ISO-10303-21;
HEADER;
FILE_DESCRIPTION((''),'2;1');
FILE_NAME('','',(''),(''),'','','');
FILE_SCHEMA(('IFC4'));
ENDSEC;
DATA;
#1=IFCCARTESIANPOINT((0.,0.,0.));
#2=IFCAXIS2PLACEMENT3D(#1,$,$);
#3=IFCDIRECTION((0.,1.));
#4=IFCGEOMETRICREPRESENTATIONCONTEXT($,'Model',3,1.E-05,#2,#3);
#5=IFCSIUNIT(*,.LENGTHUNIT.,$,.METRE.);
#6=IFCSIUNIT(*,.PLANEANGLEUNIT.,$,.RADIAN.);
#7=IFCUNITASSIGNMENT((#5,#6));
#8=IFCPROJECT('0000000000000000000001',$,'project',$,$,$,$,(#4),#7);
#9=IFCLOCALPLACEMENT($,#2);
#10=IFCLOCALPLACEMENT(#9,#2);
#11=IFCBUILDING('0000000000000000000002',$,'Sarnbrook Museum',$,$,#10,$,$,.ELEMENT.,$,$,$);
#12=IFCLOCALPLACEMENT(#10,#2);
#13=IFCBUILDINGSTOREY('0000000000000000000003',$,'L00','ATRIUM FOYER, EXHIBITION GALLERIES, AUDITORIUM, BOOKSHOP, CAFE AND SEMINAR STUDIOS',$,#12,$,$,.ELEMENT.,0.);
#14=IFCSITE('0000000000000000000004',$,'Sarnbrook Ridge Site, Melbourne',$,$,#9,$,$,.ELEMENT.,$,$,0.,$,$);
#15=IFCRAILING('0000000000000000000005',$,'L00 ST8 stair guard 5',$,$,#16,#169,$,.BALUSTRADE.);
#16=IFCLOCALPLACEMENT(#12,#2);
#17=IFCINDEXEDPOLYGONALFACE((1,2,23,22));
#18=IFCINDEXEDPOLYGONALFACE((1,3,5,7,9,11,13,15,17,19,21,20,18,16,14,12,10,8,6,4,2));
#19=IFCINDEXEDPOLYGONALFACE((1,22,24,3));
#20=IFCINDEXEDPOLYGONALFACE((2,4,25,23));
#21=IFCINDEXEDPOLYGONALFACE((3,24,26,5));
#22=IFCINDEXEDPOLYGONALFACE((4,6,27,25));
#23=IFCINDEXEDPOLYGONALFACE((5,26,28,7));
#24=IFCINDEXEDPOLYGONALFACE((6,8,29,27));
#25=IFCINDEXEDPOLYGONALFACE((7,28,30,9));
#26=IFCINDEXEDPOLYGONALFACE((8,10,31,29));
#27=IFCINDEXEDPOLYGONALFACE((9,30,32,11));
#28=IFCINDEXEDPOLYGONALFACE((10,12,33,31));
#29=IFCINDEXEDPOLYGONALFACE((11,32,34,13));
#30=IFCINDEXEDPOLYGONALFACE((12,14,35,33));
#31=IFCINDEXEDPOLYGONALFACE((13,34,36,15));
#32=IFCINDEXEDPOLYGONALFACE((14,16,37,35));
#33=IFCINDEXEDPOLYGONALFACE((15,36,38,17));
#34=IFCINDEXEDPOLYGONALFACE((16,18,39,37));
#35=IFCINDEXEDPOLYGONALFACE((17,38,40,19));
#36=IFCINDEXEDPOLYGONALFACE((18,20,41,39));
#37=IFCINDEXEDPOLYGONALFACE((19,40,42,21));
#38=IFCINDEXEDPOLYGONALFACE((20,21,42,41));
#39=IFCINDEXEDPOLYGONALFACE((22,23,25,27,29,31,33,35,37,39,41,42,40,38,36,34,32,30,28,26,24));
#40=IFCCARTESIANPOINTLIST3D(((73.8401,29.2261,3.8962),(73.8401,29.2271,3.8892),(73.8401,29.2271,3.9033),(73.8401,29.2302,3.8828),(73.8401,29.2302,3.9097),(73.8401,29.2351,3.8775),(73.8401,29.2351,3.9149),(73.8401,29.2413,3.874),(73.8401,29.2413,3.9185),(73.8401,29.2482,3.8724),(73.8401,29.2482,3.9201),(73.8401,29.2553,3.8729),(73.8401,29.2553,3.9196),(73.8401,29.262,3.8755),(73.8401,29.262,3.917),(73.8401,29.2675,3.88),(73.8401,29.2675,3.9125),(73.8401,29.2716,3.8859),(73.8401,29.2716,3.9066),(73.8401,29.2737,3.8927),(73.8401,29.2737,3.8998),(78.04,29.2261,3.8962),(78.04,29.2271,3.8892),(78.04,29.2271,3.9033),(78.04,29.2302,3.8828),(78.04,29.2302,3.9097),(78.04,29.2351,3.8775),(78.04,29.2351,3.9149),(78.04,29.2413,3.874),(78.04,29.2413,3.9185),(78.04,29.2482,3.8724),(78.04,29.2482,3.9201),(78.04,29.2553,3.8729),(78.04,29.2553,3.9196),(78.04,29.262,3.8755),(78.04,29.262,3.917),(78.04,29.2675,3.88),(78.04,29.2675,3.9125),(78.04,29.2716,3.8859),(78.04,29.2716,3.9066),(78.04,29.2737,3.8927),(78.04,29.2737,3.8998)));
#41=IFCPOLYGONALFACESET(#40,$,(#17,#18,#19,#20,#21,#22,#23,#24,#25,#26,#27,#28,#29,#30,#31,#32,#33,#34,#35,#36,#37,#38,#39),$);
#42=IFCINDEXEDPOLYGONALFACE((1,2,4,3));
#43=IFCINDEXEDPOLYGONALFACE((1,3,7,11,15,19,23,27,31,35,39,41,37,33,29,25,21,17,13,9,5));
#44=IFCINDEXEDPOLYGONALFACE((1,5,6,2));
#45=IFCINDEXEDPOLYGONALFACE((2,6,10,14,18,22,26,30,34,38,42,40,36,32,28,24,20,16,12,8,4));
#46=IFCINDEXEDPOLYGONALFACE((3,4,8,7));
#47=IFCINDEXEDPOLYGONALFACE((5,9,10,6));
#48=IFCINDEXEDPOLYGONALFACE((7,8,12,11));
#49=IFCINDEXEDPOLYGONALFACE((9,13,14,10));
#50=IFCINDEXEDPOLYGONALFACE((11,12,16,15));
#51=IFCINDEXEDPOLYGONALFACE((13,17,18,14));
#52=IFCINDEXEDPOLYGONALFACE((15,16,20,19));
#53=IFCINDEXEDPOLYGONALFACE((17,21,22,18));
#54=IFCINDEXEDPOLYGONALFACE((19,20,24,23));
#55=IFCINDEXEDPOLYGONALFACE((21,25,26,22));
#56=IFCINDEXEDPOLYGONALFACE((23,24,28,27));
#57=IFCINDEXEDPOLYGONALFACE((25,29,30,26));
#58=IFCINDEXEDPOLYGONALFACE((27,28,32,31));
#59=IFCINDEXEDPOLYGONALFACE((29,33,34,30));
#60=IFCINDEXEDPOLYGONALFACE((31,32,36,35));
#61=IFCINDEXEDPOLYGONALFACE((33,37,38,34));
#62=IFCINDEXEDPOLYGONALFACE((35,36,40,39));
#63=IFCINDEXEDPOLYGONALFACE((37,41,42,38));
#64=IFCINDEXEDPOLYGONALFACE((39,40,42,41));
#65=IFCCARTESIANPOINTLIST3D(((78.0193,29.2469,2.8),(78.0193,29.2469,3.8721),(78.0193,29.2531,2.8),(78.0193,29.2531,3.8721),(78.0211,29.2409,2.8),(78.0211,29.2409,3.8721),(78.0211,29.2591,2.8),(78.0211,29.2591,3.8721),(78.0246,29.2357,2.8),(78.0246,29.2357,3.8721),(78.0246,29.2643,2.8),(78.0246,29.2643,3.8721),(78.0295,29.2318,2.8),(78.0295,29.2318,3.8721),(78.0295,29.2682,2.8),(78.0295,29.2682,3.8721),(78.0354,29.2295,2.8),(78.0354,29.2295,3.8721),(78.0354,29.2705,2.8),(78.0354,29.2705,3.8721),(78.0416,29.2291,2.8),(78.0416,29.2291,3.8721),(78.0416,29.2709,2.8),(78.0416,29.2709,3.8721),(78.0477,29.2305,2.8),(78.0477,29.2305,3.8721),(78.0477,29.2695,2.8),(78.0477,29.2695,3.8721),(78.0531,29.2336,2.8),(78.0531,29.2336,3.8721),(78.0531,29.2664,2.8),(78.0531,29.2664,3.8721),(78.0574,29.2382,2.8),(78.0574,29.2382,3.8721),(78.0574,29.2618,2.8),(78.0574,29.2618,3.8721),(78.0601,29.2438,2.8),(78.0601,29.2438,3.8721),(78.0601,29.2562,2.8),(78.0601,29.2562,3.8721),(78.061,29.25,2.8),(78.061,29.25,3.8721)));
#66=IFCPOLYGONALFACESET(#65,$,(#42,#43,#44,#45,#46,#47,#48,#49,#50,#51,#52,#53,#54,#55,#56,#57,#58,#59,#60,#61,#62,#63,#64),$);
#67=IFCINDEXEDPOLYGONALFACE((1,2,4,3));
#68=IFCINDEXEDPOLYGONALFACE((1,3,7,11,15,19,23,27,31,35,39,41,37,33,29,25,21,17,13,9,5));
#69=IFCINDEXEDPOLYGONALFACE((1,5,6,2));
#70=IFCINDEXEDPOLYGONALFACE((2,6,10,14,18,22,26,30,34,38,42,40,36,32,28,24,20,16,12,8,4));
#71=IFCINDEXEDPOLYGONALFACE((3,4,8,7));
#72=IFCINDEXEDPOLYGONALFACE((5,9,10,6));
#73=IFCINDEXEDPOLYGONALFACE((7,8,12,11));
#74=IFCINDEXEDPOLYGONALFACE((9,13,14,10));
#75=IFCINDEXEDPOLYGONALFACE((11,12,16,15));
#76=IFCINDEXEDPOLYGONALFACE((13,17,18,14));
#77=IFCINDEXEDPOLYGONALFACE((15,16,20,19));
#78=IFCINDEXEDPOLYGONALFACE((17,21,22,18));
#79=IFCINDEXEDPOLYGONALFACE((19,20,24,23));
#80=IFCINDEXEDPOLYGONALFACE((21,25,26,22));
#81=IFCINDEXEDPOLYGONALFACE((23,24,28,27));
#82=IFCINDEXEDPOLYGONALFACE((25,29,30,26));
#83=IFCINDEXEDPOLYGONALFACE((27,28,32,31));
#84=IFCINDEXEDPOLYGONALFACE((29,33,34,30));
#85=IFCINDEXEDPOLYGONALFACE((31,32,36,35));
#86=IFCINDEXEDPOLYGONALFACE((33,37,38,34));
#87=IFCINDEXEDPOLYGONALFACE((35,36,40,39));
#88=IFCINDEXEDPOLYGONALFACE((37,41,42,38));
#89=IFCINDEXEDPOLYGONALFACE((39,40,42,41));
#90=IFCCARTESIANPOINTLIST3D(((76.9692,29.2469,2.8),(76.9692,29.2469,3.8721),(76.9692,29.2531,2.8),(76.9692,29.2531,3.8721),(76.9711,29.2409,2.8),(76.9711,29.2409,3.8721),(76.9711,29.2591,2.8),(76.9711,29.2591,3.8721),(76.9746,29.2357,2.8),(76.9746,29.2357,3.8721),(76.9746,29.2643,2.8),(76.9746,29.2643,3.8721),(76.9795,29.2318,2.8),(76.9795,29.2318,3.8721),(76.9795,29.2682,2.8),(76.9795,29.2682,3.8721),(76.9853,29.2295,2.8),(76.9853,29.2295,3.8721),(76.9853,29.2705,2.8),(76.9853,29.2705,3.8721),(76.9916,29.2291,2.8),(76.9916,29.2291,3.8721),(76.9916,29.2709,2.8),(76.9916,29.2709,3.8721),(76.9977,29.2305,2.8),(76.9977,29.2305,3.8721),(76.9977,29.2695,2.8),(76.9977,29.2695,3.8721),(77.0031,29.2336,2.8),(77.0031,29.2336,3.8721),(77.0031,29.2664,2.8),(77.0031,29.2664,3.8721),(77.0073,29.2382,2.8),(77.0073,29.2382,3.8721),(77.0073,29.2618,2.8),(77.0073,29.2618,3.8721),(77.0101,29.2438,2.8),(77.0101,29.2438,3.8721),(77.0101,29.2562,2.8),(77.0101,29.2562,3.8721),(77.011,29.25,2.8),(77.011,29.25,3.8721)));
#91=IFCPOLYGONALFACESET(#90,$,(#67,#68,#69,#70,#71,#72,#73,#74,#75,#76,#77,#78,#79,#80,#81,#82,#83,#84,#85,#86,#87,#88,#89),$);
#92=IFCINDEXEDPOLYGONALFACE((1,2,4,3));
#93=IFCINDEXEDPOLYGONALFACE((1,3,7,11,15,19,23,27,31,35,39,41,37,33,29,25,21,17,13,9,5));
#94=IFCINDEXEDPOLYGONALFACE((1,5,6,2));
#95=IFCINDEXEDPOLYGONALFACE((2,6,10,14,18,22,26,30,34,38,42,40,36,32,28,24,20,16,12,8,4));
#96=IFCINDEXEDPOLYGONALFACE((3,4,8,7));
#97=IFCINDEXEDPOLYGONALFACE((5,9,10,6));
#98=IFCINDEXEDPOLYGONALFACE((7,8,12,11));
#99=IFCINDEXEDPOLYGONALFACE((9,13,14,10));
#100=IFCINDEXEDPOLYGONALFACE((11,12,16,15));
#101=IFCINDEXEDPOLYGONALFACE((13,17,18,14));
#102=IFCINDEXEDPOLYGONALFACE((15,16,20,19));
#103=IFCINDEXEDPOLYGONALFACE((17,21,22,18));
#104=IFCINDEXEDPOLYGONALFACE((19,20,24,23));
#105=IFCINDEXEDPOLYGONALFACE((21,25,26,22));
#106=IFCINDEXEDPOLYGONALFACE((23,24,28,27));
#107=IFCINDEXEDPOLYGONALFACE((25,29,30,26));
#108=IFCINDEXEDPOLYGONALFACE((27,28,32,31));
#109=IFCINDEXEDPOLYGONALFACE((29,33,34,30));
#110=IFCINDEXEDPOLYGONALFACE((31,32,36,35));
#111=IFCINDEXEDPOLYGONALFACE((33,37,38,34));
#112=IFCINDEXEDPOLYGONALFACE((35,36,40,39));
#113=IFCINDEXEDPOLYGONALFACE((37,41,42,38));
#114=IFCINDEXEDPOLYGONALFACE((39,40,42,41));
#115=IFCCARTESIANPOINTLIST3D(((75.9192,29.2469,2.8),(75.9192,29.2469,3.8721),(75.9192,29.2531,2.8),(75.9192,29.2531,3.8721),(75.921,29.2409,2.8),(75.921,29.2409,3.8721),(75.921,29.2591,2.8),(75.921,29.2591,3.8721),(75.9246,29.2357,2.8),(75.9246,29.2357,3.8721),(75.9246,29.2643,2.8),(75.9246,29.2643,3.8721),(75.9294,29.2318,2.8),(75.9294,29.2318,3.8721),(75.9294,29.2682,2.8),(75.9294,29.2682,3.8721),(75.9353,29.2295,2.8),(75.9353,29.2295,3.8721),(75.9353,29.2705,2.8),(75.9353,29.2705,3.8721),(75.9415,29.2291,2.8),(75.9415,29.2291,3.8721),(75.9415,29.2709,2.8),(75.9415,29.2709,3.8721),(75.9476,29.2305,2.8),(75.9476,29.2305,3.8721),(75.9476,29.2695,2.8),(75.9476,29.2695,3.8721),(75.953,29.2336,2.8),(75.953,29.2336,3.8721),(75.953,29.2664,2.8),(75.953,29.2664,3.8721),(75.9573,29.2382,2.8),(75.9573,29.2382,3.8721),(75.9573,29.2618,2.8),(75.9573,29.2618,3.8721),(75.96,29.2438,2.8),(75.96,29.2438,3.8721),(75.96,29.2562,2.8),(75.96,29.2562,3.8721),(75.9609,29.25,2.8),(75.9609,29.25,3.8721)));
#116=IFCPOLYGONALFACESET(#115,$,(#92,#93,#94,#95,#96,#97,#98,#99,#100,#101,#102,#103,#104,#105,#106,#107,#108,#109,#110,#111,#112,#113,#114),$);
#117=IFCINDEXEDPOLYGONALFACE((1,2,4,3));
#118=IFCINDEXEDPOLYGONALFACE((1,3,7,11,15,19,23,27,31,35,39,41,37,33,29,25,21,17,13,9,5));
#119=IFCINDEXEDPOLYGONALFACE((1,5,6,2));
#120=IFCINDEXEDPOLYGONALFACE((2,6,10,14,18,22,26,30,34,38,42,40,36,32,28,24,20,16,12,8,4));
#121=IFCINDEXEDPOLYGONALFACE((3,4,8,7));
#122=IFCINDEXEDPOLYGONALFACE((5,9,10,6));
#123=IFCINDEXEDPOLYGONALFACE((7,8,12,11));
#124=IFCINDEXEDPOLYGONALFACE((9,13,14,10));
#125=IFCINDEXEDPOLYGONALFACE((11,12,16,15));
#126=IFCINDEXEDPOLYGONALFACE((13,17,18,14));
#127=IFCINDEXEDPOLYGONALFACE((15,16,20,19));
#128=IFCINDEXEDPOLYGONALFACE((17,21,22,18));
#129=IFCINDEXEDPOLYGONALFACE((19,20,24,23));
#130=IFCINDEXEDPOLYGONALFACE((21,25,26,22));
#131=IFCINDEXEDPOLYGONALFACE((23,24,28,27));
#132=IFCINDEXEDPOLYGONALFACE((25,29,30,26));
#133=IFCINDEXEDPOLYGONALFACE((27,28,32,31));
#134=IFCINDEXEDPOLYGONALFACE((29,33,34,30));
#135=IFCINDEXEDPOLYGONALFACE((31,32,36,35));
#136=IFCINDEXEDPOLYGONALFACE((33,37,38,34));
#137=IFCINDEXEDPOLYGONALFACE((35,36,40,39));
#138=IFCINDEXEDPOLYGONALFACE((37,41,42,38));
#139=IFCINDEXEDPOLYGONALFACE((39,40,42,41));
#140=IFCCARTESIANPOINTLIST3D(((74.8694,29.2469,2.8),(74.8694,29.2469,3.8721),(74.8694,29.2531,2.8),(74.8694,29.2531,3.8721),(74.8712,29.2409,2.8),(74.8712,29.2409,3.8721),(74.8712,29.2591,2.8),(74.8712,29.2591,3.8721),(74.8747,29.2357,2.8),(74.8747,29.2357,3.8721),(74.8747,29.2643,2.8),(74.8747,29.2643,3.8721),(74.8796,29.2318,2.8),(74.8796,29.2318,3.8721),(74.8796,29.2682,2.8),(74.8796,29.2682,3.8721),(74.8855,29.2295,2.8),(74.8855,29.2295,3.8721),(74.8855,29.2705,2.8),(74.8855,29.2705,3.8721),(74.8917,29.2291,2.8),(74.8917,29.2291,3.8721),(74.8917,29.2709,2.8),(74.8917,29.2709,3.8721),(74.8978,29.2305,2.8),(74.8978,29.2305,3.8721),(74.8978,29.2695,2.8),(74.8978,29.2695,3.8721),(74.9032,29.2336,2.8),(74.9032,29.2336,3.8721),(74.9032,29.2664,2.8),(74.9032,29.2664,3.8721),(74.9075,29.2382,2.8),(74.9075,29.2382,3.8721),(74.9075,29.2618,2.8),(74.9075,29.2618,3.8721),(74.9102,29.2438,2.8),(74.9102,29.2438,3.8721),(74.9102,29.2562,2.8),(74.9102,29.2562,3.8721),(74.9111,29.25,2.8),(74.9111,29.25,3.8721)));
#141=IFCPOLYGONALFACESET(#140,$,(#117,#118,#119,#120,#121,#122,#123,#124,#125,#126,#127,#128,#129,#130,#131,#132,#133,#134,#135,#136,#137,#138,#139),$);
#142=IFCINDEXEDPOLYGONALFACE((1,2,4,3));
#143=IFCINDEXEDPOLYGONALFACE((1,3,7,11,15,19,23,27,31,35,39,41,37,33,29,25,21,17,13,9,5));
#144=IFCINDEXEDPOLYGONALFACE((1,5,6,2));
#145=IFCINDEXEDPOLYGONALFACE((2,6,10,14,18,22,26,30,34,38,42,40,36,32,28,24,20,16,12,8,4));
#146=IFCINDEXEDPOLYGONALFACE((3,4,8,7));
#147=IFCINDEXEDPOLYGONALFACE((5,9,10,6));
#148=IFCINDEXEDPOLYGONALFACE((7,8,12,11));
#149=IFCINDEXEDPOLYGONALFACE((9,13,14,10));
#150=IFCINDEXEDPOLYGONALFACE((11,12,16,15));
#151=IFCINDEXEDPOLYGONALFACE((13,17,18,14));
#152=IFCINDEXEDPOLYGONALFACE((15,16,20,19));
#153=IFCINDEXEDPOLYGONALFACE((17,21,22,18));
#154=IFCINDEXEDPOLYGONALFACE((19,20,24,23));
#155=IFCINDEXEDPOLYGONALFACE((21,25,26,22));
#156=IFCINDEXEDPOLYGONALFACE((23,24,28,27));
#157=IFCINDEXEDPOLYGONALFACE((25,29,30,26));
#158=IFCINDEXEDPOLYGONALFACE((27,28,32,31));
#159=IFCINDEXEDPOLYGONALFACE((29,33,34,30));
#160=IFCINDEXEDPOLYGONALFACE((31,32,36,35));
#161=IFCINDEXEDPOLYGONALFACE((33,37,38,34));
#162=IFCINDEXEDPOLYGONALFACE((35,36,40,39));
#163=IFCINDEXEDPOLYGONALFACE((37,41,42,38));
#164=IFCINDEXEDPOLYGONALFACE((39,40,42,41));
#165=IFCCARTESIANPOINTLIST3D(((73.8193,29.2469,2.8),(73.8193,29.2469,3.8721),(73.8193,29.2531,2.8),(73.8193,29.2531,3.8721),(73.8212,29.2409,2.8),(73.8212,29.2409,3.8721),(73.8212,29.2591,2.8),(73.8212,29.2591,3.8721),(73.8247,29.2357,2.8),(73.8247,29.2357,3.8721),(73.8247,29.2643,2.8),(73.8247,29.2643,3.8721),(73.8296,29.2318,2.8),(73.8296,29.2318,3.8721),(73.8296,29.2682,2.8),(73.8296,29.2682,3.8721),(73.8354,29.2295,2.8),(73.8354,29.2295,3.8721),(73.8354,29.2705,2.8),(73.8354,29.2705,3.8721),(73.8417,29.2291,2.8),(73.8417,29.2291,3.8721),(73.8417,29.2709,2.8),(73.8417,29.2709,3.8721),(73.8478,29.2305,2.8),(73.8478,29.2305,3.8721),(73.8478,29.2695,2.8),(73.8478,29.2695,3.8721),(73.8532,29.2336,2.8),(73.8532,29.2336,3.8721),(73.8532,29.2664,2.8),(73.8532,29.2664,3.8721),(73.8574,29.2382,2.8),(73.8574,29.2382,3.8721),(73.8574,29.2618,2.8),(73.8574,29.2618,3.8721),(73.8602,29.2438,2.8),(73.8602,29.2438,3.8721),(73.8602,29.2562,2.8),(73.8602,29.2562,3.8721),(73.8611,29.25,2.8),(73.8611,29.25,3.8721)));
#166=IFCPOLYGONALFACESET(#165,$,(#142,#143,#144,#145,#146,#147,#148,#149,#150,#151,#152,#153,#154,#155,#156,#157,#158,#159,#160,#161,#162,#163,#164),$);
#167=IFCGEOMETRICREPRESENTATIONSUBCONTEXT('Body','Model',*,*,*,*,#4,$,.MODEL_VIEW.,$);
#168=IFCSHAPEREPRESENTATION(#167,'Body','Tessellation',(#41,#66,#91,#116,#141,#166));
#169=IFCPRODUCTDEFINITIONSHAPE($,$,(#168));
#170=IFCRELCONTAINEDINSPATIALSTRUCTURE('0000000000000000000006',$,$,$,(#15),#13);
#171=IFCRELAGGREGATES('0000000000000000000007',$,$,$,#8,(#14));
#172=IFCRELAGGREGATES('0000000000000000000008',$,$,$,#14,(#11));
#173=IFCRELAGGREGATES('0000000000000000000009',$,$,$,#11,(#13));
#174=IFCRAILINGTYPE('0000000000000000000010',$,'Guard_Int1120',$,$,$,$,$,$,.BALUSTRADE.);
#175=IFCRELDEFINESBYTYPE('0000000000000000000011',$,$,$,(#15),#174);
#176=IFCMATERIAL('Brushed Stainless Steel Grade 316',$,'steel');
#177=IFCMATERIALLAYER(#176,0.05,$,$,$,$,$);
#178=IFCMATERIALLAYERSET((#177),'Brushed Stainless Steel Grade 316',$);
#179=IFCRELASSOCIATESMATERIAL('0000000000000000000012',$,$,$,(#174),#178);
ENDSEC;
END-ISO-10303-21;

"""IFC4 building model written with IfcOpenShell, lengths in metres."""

from ifc_helpers import new_model, si_unit, direction, frame, origin, origin_2d, place, context, subcontext, project, spatial, circle, extrude, material, layer, layer_set, type_object, element, save


model = new_model("IFC4")

# Units and contexts
model_context = context("Model", 3, precision=1e-05, world=origin(), true_north=direction((0.0, 1.0)))
body_context = subcontext(model_context, "Body", "Model", "MODEL_VIEW")
ifc_project = project(units=[si_unit("LENGTHUNIT", "METRE"), si_unit("PLANEANGLEUNIT", "RADIAN")], contexts=[model_context])

# Site, building, storey
site_placement = place(None, origin())
site = spatial("IfcSite", under=ifc_project, at=site_placement, Name="Sarnbrook Ridge Site, Melbourne", CompositionType="ELEMENT", RefElevation=0.0)
building_placement = place(site_placement, origin())
building = spatial("IfcBuilding", under=site, at=building_placement, Name="Sarnbrook Museum", CompositionType="ELEMENT")
storey_placement = place(building_placement, origin())
storey = spatial("IfcBuildingStorey", under=building, at=storey_placement, Name="L00", Description="ATRIUM FOYER, EXHIBITION GALLERIES, AUDITORIUM, BOOKSHOP, CAFE AND SEMINAR STUDIOS", CompositionType="ELEMENT", Elevation=0.0)

# Railing
ifc_material_1 = material(Name="Brushed Stainless Steel Grade 316", Category="steel")
ifc_layer_1 = layer(ifc_material_1, 0.05)
ifc_layer_set_1 = layer_set([ifc_layer_1], Name="Brushed Stainless Steel Grade 316")
railing_type = type_object("IfcRailingType", Name="Guard_Int1120", PredefinedType="BALUSTRADE", material=ifc_layer_set_1)
railing_1_placement = place(storey_placement, frame((78.04, 29.25, 2.8)))
element("IfcRailing", 1, at=railing_1_placement, inside=storey, type_object=railing_type, Name="L00 ST8 stair guard 5", PredefinedType="BALUSTRADE", context=body_context, shape_type="SweptSolid", body=[
    extrude(circle(Radius=0.0239, at=origin_2d()), frame((0.0, 0.0, 1.0962), z_axis=(-1.0, 0.0, 0.0), x_axis=(0.0, -1.0, 0.0)), (0.0, 0.0, 1.0), 4.2),
    extrude(circle(Radius=0.021, at=origin_2d()), origin(), (0.0, 0.0, 1.0), 1.072),
    extrude(circle(Radius=0.021, at=origin_2d()), frame((-1.05, 0.0, 0.0)), (0.0, 0.0, 1.0), 1.072),
    extrude(circle(Radius=0.021, at=origin_2d()), frame((-2.1001, 0.0, 0.0)), (0.0, 0.0, 1.0), 1.072),
    extrude(circle(Radius=0.021, at=origin_2d()), frame((-3.1499, 0.0, 0.0)), (0.0, 0.0, 1.0), 1.072),
    extrude(circle(Radius=0.021, at=origin_2d()), frame((-4.2, 0.0, 0.0)), (0.0, 0.0, 1.0), 1.072),
])

save(model, "model.ifc")
